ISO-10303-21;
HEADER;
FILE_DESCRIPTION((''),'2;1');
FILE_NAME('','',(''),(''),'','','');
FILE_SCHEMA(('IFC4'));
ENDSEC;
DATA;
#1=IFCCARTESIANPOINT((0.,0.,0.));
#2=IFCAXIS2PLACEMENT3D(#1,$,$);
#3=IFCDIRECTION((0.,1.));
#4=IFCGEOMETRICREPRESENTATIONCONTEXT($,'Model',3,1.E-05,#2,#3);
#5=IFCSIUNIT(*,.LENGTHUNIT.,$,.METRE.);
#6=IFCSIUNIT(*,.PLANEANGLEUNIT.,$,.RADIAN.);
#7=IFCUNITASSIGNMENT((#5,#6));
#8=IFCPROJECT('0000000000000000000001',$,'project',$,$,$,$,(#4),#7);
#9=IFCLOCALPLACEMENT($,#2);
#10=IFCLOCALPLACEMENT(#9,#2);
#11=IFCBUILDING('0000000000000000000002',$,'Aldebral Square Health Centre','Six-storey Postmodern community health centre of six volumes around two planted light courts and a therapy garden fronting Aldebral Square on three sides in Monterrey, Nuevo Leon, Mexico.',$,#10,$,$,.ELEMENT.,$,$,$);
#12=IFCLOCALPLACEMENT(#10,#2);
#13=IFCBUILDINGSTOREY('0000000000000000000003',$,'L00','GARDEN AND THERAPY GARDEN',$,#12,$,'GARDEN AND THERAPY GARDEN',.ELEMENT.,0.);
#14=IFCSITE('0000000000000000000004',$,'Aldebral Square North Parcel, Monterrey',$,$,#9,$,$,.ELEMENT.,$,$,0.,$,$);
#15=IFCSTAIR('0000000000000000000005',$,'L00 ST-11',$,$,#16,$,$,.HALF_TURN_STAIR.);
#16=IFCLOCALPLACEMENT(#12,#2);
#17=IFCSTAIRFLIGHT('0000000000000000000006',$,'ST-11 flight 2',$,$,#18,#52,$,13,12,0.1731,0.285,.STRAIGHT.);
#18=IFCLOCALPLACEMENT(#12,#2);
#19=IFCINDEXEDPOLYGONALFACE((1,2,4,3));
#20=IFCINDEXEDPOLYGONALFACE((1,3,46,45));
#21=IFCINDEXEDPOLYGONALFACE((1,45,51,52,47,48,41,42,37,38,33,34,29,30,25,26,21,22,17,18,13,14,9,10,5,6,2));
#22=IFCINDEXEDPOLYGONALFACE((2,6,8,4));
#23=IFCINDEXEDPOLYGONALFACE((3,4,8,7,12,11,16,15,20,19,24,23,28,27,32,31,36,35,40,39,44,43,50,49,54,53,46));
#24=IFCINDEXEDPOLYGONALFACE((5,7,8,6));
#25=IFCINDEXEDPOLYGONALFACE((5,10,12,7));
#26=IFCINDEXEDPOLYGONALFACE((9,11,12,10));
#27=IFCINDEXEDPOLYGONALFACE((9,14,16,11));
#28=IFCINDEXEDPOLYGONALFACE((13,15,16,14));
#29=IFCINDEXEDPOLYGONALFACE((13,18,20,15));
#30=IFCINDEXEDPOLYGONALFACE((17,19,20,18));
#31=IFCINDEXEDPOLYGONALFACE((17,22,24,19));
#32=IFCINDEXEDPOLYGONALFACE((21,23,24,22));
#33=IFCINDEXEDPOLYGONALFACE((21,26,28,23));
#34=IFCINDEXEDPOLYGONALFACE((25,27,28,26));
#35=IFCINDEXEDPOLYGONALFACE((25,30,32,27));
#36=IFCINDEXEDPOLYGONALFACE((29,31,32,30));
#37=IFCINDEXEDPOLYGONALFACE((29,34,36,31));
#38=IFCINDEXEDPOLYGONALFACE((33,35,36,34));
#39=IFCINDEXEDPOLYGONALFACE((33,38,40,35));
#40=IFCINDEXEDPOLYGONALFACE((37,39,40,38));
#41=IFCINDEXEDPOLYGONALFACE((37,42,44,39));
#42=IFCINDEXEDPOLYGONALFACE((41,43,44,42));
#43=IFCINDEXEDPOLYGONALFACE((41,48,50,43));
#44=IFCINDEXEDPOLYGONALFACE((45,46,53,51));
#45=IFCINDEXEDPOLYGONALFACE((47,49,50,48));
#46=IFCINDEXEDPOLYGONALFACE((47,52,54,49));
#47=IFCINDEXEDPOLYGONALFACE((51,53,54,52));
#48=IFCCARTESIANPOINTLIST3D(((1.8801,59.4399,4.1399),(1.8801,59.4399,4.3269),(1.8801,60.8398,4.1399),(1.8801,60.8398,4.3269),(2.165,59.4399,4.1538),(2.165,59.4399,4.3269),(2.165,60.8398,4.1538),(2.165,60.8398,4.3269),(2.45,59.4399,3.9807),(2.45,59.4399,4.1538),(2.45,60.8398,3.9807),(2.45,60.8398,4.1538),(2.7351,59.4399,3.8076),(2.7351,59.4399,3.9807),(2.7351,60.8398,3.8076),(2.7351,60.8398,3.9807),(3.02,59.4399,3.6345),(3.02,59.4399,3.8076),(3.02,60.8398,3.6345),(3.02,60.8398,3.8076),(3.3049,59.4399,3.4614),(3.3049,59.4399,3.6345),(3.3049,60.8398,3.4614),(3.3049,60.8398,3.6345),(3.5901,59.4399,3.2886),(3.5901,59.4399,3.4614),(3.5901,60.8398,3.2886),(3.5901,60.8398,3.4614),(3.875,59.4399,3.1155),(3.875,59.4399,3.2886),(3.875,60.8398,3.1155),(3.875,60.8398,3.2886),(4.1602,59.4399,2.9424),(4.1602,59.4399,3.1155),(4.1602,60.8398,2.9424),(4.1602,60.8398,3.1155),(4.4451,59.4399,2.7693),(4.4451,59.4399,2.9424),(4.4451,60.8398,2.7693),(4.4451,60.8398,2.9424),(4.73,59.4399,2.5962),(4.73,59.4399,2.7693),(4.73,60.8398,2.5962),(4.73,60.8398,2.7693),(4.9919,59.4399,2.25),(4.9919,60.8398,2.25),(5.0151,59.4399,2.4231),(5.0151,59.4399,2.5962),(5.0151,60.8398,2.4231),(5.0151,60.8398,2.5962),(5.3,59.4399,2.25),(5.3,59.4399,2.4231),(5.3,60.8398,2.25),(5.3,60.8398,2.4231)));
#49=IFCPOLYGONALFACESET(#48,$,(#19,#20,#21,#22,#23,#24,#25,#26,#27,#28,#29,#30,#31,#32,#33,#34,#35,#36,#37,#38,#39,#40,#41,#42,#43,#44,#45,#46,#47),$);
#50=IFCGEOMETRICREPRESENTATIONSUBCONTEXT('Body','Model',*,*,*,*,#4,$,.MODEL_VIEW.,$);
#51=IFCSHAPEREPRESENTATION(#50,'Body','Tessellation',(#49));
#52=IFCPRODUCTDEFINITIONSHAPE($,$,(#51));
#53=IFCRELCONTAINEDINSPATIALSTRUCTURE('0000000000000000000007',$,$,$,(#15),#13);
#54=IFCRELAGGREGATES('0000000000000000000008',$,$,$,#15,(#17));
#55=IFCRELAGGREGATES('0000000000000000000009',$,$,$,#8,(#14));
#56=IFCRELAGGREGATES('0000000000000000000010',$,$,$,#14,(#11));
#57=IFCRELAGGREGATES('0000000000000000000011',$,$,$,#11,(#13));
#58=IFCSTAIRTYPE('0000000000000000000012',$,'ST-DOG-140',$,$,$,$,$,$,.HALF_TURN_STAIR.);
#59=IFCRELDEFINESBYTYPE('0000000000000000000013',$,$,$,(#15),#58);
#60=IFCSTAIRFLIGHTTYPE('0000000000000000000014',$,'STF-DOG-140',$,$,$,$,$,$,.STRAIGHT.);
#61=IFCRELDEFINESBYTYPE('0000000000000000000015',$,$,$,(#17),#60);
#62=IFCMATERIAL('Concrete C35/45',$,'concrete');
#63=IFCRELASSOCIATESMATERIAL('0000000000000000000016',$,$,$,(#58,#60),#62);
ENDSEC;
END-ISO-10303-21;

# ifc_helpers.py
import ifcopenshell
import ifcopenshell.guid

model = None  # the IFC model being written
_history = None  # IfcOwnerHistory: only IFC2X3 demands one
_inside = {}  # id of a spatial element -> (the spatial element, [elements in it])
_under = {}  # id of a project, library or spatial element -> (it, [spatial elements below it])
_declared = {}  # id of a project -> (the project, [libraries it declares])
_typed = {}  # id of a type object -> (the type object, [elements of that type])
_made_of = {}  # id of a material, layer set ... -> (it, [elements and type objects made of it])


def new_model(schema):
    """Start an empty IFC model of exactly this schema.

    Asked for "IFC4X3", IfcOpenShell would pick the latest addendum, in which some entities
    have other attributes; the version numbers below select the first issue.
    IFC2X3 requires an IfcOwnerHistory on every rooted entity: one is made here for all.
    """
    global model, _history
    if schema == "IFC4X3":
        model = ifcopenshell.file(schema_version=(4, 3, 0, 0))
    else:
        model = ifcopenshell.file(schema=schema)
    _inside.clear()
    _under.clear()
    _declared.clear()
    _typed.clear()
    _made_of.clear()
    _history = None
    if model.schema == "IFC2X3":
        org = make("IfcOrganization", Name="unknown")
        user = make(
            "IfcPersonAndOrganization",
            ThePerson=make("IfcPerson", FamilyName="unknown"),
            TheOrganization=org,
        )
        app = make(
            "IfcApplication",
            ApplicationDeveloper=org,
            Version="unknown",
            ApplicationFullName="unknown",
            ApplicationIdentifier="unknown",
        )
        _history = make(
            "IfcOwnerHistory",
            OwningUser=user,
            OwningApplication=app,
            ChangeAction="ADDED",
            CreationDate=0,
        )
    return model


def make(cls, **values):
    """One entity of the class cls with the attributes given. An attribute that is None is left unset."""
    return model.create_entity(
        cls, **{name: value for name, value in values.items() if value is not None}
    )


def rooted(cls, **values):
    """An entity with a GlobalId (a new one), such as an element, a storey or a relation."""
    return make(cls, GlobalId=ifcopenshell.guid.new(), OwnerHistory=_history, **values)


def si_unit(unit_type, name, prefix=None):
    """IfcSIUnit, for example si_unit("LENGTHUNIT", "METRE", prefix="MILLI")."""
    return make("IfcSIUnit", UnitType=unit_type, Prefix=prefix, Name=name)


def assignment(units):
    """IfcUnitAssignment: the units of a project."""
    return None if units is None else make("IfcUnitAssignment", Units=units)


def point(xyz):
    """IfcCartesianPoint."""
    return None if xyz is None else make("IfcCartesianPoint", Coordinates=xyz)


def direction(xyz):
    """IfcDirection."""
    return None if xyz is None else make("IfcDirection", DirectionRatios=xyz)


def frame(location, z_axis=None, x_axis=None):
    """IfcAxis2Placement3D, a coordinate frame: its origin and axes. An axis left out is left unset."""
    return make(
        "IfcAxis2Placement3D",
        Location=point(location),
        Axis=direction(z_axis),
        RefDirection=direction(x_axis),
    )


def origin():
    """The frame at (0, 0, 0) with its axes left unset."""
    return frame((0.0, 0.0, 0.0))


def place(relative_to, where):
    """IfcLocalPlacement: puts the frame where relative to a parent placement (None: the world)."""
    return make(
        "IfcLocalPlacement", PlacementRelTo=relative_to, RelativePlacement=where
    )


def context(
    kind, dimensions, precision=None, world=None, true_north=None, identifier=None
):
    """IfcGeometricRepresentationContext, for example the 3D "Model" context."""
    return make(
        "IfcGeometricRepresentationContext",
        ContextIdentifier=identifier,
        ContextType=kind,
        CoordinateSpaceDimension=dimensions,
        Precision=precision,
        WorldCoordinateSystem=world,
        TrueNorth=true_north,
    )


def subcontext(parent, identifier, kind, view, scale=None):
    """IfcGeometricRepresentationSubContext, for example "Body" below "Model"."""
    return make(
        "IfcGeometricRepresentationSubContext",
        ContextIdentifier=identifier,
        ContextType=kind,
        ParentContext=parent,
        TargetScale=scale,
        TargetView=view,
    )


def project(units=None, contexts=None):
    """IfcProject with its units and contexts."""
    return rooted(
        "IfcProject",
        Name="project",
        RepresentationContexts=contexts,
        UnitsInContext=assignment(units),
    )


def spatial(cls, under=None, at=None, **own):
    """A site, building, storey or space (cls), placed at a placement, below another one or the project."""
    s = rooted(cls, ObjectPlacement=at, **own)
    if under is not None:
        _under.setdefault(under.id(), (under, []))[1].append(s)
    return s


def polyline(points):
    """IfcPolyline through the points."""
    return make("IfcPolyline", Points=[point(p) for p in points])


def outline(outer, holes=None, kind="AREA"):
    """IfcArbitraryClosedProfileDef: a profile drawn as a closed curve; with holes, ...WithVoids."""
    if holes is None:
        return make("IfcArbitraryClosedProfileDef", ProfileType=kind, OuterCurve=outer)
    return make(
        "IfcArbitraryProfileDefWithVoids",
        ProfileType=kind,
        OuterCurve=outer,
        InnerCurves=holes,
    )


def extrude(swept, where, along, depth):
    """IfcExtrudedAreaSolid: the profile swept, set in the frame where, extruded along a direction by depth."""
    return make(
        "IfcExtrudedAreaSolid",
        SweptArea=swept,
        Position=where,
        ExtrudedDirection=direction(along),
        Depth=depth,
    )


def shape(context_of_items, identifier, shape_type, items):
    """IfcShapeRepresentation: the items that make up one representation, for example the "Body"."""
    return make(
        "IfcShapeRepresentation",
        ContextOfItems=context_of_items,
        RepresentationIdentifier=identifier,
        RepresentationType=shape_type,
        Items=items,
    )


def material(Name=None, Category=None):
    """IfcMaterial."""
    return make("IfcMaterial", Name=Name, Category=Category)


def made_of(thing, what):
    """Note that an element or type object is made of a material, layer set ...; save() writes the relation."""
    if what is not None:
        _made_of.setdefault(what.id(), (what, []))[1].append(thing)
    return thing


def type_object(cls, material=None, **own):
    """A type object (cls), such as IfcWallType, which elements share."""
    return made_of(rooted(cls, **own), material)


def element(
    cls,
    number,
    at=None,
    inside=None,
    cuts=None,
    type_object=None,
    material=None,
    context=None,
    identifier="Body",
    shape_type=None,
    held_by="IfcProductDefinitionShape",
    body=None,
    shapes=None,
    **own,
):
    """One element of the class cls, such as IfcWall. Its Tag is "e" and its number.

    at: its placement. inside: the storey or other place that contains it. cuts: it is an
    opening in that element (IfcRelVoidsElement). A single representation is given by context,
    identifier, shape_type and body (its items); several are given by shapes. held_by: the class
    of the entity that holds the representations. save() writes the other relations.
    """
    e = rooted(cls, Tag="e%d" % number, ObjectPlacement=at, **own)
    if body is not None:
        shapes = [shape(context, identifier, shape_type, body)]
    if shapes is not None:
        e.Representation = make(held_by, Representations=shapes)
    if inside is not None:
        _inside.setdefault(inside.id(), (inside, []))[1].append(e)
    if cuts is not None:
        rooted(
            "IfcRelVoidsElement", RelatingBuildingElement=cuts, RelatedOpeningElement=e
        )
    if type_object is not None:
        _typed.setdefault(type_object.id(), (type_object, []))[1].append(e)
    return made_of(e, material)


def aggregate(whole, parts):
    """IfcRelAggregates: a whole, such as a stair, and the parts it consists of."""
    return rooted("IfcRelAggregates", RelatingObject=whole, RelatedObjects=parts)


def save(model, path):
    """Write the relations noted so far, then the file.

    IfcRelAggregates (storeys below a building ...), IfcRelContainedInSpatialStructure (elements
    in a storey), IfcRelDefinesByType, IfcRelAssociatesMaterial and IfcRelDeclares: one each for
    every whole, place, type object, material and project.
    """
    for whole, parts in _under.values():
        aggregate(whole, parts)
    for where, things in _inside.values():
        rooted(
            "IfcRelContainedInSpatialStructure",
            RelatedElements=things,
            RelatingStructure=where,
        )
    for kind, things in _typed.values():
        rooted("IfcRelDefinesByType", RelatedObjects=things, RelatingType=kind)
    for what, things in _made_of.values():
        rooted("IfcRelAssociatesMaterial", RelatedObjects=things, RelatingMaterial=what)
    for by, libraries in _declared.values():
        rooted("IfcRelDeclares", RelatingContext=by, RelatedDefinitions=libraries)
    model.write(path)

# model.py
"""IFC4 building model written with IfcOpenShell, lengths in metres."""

from ifc_helpers import new_model, si_unit, direction, frame, origin, place, context, subcontext, project, spatial, polyline, outline, extrude, material, type_object, element, aggregate, save


model = new_model("IFC4")

# Units and contexts
model_context = context("Model", 3, precision=1e-05, world=origin(), true_north=direction((0.0, 1.0)))
body_context = subcontext(model_context, "Body", "Model", "MODEL_VIEW")
ifc_project = project(units=[si_unit("LENGTHUNIT", "METRE"), si_unit("PLANEANGLEUNIT", "RADIAN")], contexts=[model_context])

# Site, building, storey
site_placement = place(None, origin())
site = spatial("IfcSite", under=ifc_project, at=site_placement, Name="Aldebral Square North Parcel, Monterrey", CompositionType="ELEMENT", RefElevation=0.0)
building_placement = place(site_placement, origin())
building = spatial("IfcBuilding", under=site, at=building_placement, Name="Aldebral Square Health Centre", Description="Six-storey Postmodern community health centre of six volumes around two planted light courts and a therapy garden fronting Aldebral Square on three sides in Monterrey, Nuevo Leon, Mexico.", CompositionType="ELEMENT")
storey_placement = place(building_placement, origin())
storey = spatial("IfcBuildingStorey", under=building, at=storey_placement, Name="L00", Description="GARDEN AND THERAPY GARDEN", LongName="GARDEN AND THERAPY GARDEN", CompositionType="ELEMENT", Elevation=0.0)

# Shared definitions
ifc_material_1 = material(Name="Concrete C35/45", Category="concrete")

# Stair, stair flight
stair_type = type_object("IfcStairType", Name="ST-DOG-140", PredefinedType="HALF_TURN_STAIR", material=ifc_material_1)
stair_placement = place(storey_placement, origin())
stair = element("IfcStair", 1, at=stair_placement, inside=storey, type_object=stair_type, Name="L00 ST-11", PredefinedType="HALF_TURN_STAIR")
stair_flight_type = type_object("IfcStairFlightType", Name="STF-DOG-140", PredefinedType="STRAIGHT", material=ifc_material_1)
stair_flight_1_placement = place(storey_placement, frame((5.3, 60.1399, 2.25), z_axis=(0.0, 0.0, 1.0), x_axis=(-1.0, 0.0, 0.0)))
stair_flight_1 = element("IfcStairFlight", 2, at=stair_flight_1_placement, type_object=stair_flight_type, Name="ST-11 flight 2", NumberOfRisers=13, NumberOfTreads=12, PredefinedType="STRAIGHT", RiserHeight=0.1731, TreadLength=0.285, context=body_context, shape_type="SweptSolid", body=[
    extrude(outline(polyline([(0.0, 0.0), (0.0, 0.1731), (0.2849, 0.1731), (0.2849, 0.3462), (0.5701, 0.3462), (0.5701, 0.5193), (0.855, 0.5193), (0.855, 0.6924), (1.1399, 0.6924), (1.1399, 0.8655), (1.425, 0.8655), (1.425, 1.0386), (1.71, 1.0386), (1.71, 1.2114), (1.9951, 1.2114), (1.9951, 1.3845), (2.28, 1.3845), (2.28, 1.5576), (2.5649, 1.5576), (2.5649, 1.7307), (2.8501, 1.7307), (2.8501, 1.9038), (3.135, 1.9038), (3.135, 2.0769), (3.4199, 2.0769), (3.4199, 2.25), (3.4199, 1.8899), (0.3081, 0.0), (0.0, 0.0)])), frame((0.0, 0.7, 0.0), z_axis=(0.0, -1.0, 0.0), x_axis=(1.0, 0.0, 0.0)), (0.0, 0.0, 1.0), 1.3999),
])
aggregate(stair, [stair_flight_1])

save(model, "model.ifc")
